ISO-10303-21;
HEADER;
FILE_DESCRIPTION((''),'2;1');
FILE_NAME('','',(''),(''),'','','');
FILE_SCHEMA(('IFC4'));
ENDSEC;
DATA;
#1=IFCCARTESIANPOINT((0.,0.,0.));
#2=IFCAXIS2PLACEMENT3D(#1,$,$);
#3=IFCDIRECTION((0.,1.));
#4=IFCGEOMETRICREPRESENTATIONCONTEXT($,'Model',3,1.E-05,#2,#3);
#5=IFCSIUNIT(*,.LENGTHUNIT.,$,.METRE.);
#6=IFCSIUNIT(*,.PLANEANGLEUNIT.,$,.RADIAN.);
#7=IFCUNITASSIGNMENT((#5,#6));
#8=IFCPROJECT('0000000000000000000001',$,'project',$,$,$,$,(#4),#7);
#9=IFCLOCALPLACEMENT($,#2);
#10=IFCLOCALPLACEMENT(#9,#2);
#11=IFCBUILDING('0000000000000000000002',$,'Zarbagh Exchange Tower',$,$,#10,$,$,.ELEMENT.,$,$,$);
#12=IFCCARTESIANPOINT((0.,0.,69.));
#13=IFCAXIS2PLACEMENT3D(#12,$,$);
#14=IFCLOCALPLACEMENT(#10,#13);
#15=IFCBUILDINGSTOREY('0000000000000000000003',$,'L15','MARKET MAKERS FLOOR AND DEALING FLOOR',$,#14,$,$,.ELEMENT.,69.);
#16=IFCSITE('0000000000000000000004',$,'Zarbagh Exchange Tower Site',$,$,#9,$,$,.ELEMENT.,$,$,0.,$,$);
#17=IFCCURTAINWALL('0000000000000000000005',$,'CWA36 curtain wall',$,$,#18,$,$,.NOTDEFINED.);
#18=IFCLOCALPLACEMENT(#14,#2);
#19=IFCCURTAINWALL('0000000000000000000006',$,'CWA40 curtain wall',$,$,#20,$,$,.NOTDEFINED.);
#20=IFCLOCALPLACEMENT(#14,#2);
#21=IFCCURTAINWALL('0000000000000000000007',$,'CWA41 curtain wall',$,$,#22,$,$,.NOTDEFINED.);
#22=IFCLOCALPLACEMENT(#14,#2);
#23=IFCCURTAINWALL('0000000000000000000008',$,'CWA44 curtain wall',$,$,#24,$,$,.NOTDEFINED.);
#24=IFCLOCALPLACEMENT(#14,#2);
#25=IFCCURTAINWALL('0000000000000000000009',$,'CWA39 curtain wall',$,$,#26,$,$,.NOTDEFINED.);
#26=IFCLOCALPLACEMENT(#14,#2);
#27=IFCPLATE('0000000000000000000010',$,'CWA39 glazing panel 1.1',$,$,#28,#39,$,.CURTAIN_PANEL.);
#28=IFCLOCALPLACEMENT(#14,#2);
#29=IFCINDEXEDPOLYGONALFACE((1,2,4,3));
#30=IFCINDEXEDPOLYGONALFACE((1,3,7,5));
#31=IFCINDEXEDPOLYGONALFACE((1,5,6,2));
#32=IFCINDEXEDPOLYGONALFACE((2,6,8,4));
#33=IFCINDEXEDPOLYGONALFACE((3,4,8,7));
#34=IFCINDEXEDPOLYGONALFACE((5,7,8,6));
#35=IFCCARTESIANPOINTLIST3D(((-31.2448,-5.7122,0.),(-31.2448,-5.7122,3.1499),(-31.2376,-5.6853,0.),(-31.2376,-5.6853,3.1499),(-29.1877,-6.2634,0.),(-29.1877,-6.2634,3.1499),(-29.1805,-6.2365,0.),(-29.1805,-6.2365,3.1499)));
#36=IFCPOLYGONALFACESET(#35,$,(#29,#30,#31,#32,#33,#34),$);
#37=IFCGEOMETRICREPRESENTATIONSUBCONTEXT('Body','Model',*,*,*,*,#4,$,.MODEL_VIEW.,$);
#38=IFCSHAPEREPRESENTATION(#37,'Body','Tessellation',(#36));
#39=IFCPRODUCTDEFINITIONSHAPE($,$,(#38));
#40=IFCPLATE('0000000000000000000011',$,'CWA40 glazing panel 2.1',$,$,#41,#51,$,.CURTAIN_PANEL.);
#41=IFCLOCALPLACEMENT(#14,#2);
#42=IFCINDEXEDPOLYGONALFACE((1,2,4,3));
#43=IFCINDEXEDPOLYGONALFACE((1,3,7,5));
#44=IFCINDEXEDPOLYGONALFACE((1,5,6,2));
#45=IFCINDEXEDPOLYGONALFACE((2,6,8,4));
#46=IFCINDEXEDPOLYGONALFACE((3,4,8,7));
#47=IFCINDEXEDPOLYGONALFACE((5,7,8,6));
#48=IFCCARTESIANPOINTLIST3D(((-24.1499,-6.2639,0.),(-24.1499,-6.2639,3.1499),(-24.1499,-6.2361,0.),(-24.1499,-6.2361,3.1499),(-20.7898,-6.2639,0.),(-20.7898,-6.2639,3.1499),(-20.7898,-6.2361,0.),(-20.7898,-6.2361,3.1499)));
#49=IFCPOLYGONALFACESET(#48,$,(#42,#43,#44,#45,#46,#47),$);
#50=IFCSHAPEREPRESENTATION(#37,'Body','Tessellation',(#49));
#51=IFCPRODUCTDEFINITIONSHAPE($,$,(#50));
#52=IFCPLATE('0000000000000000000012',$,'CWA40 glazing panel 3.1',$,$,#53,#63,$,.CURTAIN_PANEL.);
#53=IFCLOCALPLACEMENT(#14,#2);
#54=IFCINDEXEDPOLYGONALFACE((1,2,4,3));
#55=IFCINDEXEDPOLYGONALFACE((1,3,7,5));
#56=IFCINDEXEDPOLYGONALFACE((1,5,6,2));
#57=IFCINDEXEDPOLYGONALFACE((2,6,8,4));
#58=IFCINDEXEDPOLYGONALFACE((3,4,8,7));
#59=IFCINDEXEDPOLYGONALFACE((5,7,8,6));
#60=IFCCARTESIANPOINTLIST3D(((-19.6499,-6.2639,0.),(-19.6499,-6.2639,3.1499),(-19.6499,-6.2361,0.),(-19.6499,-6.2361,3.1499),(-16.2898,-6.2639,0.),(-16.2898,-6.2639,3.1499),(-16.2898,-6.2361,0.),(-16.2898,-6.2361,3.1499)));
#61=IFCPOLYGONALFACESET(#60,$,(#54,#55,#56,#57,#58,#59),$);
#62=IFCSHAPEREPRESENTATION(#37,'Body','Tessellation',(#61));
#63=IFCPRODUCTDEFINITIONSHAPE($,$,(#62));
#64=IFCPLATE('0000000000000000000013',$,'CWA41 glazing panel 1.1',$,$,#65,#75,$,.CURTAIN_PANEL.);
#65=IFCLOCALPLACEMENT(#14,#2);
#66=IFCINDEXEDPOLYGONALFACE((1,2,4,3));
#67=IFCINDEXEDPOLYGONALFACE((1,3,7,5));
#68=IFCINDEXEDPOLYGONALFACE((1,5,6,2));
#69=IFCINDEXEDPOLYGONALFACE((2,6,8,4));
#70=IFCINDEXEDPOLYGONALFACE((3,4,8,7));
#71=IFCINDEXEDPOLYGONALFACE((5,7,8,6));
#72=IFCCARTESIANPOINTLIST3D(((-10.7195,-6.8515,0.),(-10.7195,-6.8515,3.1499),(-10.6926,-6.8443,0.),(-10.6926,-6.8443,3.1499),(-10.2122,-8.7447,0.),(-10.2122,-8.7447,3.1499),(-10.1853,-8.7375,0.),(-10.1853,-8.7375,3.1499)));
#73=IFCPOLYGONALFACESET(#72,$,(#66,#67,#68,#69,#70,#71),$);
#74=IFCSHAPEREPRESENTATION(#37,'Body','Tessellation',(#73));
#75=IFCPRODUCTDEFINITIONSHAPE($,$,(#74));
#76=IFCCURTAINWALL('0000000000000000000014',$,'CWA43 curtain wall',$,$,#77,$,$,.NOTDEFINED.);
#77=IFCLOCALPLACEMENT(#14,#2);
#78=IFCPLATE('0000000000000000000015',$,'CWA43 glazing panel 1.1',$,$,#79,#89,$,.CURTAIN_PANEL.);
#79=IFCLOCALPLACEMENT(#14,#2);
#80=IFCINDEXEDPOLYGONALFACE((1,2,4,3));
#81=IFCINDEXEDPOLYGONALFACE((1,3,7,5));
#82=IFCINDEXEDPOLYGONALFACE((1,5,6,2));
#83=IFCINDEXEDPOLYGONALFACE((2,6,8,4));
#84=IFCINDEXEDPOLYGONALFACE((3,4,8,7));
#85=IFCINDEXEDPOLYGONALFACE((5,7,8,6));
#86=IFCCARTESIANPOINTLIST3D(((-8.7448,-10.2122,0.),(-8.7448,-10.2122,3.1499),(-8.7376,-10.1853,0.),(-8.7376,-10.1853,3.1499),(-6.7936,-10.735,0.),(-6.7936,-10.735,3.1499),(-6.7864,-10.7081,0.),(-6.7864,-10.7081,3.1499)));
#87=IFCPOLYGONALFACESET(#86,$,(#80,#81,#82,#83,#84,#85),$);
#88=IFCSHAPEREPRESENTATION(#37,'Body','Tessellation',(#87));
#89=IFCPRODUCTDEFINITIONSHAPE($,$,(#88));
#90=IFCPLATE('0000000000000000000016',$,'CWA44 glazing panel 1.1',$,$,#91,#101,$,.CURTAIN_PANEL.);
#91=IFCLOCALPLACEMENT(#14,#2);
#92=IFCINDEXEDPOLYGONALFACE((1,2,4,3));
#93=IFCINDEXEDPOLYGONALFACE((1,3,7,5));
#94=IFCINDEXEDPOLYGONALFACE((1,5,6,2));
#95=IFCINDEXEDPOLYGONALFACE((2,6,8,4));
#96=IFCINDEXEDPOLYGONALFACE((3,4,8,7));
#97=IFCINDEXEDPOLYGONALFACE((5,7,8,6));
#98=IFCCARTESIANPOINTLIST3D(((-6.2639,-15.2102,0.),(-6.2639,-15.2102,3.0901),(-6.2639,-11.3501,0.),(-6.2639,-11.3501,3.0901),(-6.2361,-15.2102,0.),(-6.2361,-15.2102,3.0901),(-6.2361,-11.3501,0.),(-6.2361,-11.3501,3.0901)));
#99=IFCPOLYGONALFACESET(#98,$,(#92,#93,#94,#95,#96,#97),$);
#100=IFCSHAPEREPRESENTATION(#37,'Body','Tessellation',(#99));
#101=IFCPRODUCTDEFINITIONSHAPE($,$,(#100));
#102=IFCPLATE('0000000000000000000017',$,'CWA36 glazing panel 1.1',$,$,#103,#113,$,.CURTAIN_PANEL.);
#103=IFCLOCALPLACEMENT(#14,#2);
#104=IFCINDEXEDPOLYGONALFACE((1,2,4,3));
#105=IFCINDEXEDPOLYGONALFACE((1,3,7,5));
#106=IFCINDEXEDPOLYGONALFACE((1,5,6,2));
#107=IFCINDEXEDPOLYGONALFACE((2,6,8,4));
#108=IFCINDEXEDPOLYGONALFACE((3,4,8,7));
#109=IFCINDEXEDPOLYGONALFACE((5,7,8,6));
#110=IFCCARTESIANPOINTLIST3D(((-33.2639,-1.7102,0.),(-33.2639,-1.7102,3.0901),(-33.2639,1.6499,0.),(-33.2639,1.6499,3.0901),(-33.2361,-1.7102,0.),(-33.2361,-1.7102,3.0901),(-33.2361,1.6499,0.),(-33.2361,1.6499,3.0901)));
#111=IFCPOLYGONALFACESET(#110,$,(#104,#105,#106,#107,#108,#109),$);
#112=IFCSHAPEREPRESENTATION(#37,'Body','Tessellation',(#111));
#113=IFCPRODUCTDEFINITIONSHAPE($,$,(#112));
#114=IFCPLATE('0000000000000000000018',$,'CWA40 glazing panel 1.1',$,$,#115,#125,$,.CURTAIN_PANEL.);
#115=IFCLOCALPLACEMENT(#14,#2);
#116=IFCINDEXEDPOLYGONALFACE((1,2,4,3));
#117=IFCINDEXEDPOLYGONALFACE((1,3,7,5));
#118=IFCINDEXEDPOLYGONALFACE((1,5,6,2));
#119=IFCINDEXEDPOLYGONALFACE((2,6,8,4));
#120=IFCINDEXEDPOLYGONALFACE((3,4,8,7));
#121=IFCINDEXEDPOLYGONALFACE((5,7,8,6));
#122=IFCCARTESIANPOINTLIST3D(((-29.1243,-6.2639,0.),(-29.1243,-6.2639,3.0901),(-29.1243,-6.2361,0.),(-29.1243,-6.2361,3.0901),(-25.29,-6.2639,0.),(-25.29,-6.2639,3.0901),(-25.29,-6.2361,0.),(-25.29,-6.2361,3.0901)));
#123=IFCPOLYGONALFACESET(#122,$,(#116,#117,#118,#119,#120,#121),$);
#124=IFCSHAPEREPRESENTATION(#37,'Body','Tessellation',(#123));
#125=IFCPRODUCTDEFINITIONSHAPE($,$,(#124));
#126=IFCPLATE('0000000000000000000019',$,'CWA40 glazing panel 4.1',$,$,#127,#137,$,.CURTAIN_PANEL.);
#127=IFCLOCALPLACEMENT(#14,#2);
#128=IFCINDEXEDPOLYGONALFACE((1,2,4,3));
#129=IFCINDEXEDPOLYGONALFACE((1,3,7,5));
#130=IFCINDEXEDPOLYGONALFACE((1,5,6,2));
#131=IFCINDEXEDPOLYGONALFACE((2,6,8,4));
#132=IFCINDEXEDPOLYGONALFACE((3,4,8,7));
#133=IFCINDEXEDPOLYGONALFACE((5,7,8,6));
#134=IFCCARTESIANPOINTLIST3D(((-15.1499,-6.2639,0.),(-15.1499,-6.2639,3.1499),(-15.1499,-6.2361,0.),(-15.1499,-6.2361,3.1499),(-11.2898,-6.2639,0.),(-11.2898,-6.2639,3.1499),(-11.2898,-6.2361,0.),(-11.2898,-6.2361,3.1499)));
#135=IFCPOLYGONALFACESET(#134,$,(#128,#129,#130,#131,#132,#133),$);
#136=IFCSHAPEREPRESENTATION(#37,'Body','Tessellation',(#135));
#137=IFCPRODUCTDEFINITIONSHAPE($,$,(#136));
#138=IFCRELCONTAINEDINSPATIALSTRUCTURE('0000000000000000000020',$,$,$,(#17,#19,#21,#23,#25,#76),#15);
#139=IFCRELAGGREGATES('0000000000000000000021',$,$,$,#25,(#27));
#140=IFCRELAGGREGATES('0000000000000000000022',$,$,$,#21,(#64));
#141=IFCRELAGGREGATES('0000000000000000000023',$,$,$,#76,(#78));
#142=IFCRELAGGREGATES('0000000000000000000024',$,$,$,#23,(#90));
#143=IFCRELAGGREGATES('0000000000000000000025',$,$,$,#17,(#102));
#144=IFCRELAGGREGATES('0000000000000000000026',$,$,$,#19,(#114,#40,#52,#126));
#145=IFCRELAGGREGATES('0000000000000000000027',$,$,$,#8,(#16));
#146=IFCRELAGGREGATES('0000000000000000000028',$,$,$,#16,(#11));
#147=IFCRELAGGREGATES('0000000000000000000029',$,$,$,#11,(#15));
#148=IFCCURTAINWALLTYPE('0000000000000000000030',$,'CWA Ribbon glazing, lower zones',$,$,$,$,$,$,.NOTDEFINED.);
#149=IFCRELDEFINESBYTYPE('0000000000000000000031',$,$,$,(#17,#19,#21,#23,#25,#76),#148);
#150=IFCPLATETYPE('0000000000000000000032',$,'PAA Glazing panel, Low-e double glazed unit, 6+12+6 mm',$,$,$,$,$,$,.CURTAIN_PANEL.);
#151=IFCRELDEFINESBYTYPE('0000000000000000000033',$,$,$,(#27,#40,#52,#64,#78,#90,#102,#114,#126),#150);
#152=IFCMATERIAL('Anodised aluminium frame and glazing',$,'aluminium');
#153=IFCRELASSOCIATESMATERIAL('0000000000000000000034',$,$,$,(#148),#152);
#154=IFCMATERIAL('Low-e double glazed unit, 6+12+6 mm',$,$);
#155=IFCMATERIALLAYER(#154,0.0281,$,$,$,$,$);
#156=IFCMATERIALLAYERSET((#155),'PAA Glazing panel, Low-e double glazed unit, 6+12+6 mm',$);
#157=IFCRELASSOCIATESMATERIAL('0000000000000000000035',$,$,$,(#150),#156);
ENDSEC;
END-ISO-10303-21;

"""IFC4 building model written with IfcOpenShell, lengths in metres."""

from ifc_helpers import new_model, si_unit, direction, frame, origin, place, context, subcontext, project, spatial, polyline, outline, extrude, source, transform, mapped, material, layer, layer_set, type_object, element, aggregate, save


model = new_model("IFC4")

# Units and contexts
model_context = context("Model", 3, precision=1e-05, world=origin(), true_north=direction((0.0, 1.0)))
body_context = subcontext(model_context, "Body", "Model", "MODEL_VIEW")
ifc_project = project(units=[si_unit("LENGTHUNIT", "METRE"), si_unit("PLANEANGLEUNIT", "RADIAN")], contexts=[model_context])

# Site, building, storey
site_placement = place(None, origin())
site = spatial("IfcSite", under=ifc_project, at=site_placement, Name="Zarbagh Exchange Tower Site", CompositionType="ELEMENT", RefElevation=0.0)
building_placement = place(site_placement, origin())
building = spatial("IfcBuilding", under=site, at=building_placement, Name="Zarbagh Exchange Tower", CompositionType="ELEMENT")
storey_placement = place(building_placement, frame((0.0, 0.0, 69.0)))
storey = spatial("IfcBuildingStorey", under=building, at=storey_placement, Name="L15", Description="MARKET MAKERS FLOOR AND DEALING FLOOR", CompositionType="ELEMENT", Elevation=69.0)

# Curtain wall
ifc_material_1 = material(Name="Anodised aluminium frame and glazing", Category="aluminium")
curtain_wall_type = type_object("IfcCurtainWallType", Name="CWA Ribbon glazing, lower zones", PredefinedType="NOTDEFINED", material=ifc_material_1)
curtain_wall_1_placement = place(storey_placement, origin())
curtain_wall_1 = element("IfcCurtainWall", 1, at=curtain_wall_1_placement, inside=storey, type_object=curtain_wall_type, Name="CWA36 curtain wall", PredefinedType="NOTDEFINED")
placement = place(storey_placement, origin())

# Curtain wall
curtain_wall_2_placement = place(storey_placement, origin())
curtain_wall_2 = element("IfcCurtainWall", 2, at=curtain_wall_2_placement, inside=storey, type_object=curtain_wall_type, Name="CWA40 curtain wall", PredefinedType="NOTDEFINED")

# Curtain wall
curtain_wall_3_placement = place(storey_placement, origin())
curtain_wall_3 = element("IfcCurtainWall", 3, at=curtain_wall_3_placement, inside=storey, type_object=curtain_wall_type, Name="CWA41 curtain wall", PredefinedType="NOTDEFINED")

# Curtain wall
curtain_wall_4_placement = place(storey_placement, origin())
curtain_wall_4 = element("IfcCurtainWall", 4, at=curtain_wall_4_placement, inside=storey, type_object=curtain_wall_type, Name="CWA44 curtain wall", PredefinedType="NOTDEFINED")

# Shared definitions
ifc_material_2 = material(Name="Low-e double glazed unit, 6+12+6 mm")
ifc_layer = layer(ifc_material_2, 0.0281)
ifc_layer_set = layer_set([ifc_layer], Name="PAA Glazing panel, Low-e double glazed unit, 6+12+6 mm")
plate_type = type_object("IfcPlateType", Name="PAA Glazing panel, Low-e double glazed unit, 6+12+6 mm", PredefinedType="CURTAIN_PANEL", material=ifc_layer_set)

# Curtain wall, plate
curtain_wall_5_placement = place(storey_placement, origin())
curtain_wall_5 = element("IfcCurtainWall", 5, at=curtain_wall_5_placement, inside=storey, type_object=curtain_wall_type, Name="CWA39 curtain wall", PredefinedType="NOTDEFINED")
shared_shape_1 = source(origin(), body_context, "Body", "SweptSolid", [
    extrude(outline(polyline([(0.0, -0.0139), (2.1296, -0.0139), (2.1296, 0.0139), (0.0, 0.0139), (0.0, -0.0139)])), origin(), (0.0, 0.0, 1.0), 3.1499),
])
plate_1 = element("IfcPlate", 6, at=placement, type_object=plate_type, Name="CWA39 glazing panel 1.1", PredefinedType="CURTAIN_PANEL", context=body_context, shape_type="MappedRepresentation", body=[
    mapped(shared_shape_1, transform((-31.2412, -5.6987, 0.0), x_axis=(0.965924, -0.258825, 0.0), y_axis=(0.258825, 0.965924, 0.0), z_axis=(0.0, 0.0, 1.0))),
])
aggregate(curtain_wall_5, [plate_1])

# Plates
shared_shape_2 = source(origin(), body_context, "Body", "SweptSolid", [
    extrude(outline(polyline([(0.0, -0.0139), (3.3601, -0.0139), (3.3601, 0.0139), (0.0, 0.0139), (0.0, -0.0139)])), origin(), (0.0, 0.0, 1.0), 3.1499),
])
plate_2 = element("IfcPlate", 7, at=placement, type_object=plate_type, Name="CWA40 glazing panel 2.1", PredefinedType="CURTAIN_PANEL", context=body_context, shape_type="MappedRepresentation", body=[
    mapped(shared_shape_2, transform((-24.1499, -6.25, 0.0), x_axis=(1.0, 0.0, 0.0), y_axis=(0.0, 1.0, 0.0), z_axis=(0.0, 0.0, 1.0))),
])
plate_3 = element("IfcPlate", 8, at=placement, type_object=plate_type, Name="CWA40 glazing panel 3.1", PredefinedType="CURTAIN_PANEL", context=body_context, shape_type="MappedRepresentation", body=[
    mapped(shared_shape_2, transform((-19.6499, -6.25, 0.0), x_axis=(1.0, 0.0, 0.0), y_axis=(0.0, 1.0, 0.0), z_axis=(0.0, 0.0, 1.0))),
])
shared_shape_3 = source(origin(), body_context, "Body", "SweptSolid", [
    extrude(outline(polyline([(0.0, -0.0139), (1.96, -0.0139), (1.96, 0.0139), (0.0, 0.0139), (0.0, -0.0139)])), origin(), (0.0, 0.0, 1.0), 3.1499),
])
plate_4 = element("IfcPlate", 9, at=placement, type_object=plate_type, Name="CWA41 glazing panel 1.1", PredefinedType="CURTAIN_PANEL", context=body_context, shape_type="MappedRepresentation", body=[
    mapped(shared_shape_3, transform((-10.7061, -6.8479, 0.0), x_axis=(0.258825, -0.965924, 0.0), y_axis=(0.965924, 0.258825, 0.0), z_axis=(0.0, 0.0, 1.0))),
])
aggregate(curtain_wall_3, [plate_4])

# Curtain wall, plate
curtain_wall_6_placement = place(storey_placement, origin())
curtain_wall_6 = element("IfcCurtainWall", 10, at=curtain_wall_6_placement, inside=storey, type_object=curtain_wall_type, Name="CWA43 curtain wall", PredefinedType="NOTDEFINED")
shared_shape_4 = source(origin(), body_context, "Body", "SweptSolid", [
    extrude(outline(polyline([(0.0, -0.0139), (2.02, -0.0139), (2.02, 0.0139), (0.0, 0.0139), (0.0, -0.0139)])), origin(), (0.0, 0.0, 1.0), 3.1499),
])
plate_5 = element("IfcPlate", 11, at=placement, type_object=plate_type, Name="CWA43 glazing panel 1.1", PredefinedType="CURTAIN_PANEL", context=body_context, shape_type="MappedRepresentation", body=[
    mapped(shared_shape_4, transform((-8.7412, -10.1987, 0.0), x_axis=(0.965924, -0.258825, 0.0), y_axis=(0.258825, 0.965924, 0.0), z_axis=(0.0, 0.0, 1.0))),
])
aggregate(curtain_wall_6, [plate_5])

# Plates
shared_shape_5 = source(origin(), body_context, "Body", "SweptSolid", [
    extrude(outline(polyline([(0.0, -0.0139), (3.8601, -0.0139), (3.8601, 0.0139), (0.0, 0.0139), (0.0, -0.0139)])), origin(), (0.0, 0.0, 1.0), 3.0901),
])
plate_6 = element("IfcPlate", 12, at=placement, type_object=plate_type, Name="CWA44 glazing panel 1.1", PredefinedType="CURTAIN_PANEL", context=body_context, shape_type="MappedRepresentation", body=[
    mapped(shared_shape_5, transform((-6.25, -11.3501, 0.0), x_axis=(0.0, -1.0, 0.0), y_axis=(1.0, 0.0, 0.0), z_axis=(0.0, 0.0, 1.0))),
])
aggregate(curtain_wall_4, [plate_6])
shared_shape_6 = source(origin(), body_context, "Body", "SweptSolid", [
    extrude(outline(polyline([(0.0, -0.0139), (3.3601, -0.0139), (3.3601, 0.0139), (0.0, 0.0139), (0.0, -0.0139)])), origin(), (0.0, 0.0, 1.0), 3.0901),
])
plate_7 = element("IfcPlate", 13, at=placement, type_object=plate_type, Name="CWA36 glazing panel 1.1", PredefinedType="CURTAIN_PANEL", context=body_context, shape_type="MappedRepresentation", body=[
    mapped(shared_shape_6, transform((-33.25, 1.6499, 0.0), x_axis=(0.0, -1.0, 0.0), y_axis=(1.0, 0.0, 0.0), z_axis=(0.0, 0.0, 1.0))),
])
aggregate(curtain_wall_1, [plate_7])
shared_shape_7 = source(origin(), body_context, "Body", "SweptSolid", [
    extrude(outline(polyline([(0.0, -0.0139), (3.8342, -0.0139), (3.8342, 0.0139), (0.0, 0.0139), (0.0, -0.0139)])), origin(), (0.0, 0.0, 1.0), 3.0901),
])
plate_8 = element("IfcPlate", 14, at=placement, type_object=plate_type, Name="CWA40 glazing panel 1.1", PredefinedType="CURTAIN_PANEL", context=body_context, shape_type="MappedRepresentation", body=[
    mapped(shared_shape_7, transform((-29.1243, -6.25, 0.0), x_axis=(1.0, 0.0, 0.0), y_axis=(0.0, 1.0, 0.0), z_axis=(0.0, 0.0, 1.0))),
])
shared_shape_8 = source(origin(), body_context, "Body", "SweptSolid", [
    extrude(outline(polyline([(0.0, -0.0139), (3.8601, -0.0139), (3.8601, 0.0139), (0.0, 0.0139), (0.0, -0.0139)])), origin(), (0.0, 0.0, 1.0), 3.1499),
])
plate_9 = element("IfcPlate", 15, at=placement, type_object=plate_type, Name="CWA40 glazing panel 4.1", PredefinedType="CURTAIN_PANEL", context=body_context, shape_type="MappedRepresentation", body=[
    mapped(shared_shape_8, transform((-15.1499, -6.25, 0.0), x_axis=(1.0, 0.0, 0.0), y_axis=(0.0, 1.0, 0.0), z_axis=(0.0, 0.0, 1.0))),
])
aggregate(curtain_wall_2, [plate_8, plate_2, plate_3, plate_9])

save(model, "model.ifc")
